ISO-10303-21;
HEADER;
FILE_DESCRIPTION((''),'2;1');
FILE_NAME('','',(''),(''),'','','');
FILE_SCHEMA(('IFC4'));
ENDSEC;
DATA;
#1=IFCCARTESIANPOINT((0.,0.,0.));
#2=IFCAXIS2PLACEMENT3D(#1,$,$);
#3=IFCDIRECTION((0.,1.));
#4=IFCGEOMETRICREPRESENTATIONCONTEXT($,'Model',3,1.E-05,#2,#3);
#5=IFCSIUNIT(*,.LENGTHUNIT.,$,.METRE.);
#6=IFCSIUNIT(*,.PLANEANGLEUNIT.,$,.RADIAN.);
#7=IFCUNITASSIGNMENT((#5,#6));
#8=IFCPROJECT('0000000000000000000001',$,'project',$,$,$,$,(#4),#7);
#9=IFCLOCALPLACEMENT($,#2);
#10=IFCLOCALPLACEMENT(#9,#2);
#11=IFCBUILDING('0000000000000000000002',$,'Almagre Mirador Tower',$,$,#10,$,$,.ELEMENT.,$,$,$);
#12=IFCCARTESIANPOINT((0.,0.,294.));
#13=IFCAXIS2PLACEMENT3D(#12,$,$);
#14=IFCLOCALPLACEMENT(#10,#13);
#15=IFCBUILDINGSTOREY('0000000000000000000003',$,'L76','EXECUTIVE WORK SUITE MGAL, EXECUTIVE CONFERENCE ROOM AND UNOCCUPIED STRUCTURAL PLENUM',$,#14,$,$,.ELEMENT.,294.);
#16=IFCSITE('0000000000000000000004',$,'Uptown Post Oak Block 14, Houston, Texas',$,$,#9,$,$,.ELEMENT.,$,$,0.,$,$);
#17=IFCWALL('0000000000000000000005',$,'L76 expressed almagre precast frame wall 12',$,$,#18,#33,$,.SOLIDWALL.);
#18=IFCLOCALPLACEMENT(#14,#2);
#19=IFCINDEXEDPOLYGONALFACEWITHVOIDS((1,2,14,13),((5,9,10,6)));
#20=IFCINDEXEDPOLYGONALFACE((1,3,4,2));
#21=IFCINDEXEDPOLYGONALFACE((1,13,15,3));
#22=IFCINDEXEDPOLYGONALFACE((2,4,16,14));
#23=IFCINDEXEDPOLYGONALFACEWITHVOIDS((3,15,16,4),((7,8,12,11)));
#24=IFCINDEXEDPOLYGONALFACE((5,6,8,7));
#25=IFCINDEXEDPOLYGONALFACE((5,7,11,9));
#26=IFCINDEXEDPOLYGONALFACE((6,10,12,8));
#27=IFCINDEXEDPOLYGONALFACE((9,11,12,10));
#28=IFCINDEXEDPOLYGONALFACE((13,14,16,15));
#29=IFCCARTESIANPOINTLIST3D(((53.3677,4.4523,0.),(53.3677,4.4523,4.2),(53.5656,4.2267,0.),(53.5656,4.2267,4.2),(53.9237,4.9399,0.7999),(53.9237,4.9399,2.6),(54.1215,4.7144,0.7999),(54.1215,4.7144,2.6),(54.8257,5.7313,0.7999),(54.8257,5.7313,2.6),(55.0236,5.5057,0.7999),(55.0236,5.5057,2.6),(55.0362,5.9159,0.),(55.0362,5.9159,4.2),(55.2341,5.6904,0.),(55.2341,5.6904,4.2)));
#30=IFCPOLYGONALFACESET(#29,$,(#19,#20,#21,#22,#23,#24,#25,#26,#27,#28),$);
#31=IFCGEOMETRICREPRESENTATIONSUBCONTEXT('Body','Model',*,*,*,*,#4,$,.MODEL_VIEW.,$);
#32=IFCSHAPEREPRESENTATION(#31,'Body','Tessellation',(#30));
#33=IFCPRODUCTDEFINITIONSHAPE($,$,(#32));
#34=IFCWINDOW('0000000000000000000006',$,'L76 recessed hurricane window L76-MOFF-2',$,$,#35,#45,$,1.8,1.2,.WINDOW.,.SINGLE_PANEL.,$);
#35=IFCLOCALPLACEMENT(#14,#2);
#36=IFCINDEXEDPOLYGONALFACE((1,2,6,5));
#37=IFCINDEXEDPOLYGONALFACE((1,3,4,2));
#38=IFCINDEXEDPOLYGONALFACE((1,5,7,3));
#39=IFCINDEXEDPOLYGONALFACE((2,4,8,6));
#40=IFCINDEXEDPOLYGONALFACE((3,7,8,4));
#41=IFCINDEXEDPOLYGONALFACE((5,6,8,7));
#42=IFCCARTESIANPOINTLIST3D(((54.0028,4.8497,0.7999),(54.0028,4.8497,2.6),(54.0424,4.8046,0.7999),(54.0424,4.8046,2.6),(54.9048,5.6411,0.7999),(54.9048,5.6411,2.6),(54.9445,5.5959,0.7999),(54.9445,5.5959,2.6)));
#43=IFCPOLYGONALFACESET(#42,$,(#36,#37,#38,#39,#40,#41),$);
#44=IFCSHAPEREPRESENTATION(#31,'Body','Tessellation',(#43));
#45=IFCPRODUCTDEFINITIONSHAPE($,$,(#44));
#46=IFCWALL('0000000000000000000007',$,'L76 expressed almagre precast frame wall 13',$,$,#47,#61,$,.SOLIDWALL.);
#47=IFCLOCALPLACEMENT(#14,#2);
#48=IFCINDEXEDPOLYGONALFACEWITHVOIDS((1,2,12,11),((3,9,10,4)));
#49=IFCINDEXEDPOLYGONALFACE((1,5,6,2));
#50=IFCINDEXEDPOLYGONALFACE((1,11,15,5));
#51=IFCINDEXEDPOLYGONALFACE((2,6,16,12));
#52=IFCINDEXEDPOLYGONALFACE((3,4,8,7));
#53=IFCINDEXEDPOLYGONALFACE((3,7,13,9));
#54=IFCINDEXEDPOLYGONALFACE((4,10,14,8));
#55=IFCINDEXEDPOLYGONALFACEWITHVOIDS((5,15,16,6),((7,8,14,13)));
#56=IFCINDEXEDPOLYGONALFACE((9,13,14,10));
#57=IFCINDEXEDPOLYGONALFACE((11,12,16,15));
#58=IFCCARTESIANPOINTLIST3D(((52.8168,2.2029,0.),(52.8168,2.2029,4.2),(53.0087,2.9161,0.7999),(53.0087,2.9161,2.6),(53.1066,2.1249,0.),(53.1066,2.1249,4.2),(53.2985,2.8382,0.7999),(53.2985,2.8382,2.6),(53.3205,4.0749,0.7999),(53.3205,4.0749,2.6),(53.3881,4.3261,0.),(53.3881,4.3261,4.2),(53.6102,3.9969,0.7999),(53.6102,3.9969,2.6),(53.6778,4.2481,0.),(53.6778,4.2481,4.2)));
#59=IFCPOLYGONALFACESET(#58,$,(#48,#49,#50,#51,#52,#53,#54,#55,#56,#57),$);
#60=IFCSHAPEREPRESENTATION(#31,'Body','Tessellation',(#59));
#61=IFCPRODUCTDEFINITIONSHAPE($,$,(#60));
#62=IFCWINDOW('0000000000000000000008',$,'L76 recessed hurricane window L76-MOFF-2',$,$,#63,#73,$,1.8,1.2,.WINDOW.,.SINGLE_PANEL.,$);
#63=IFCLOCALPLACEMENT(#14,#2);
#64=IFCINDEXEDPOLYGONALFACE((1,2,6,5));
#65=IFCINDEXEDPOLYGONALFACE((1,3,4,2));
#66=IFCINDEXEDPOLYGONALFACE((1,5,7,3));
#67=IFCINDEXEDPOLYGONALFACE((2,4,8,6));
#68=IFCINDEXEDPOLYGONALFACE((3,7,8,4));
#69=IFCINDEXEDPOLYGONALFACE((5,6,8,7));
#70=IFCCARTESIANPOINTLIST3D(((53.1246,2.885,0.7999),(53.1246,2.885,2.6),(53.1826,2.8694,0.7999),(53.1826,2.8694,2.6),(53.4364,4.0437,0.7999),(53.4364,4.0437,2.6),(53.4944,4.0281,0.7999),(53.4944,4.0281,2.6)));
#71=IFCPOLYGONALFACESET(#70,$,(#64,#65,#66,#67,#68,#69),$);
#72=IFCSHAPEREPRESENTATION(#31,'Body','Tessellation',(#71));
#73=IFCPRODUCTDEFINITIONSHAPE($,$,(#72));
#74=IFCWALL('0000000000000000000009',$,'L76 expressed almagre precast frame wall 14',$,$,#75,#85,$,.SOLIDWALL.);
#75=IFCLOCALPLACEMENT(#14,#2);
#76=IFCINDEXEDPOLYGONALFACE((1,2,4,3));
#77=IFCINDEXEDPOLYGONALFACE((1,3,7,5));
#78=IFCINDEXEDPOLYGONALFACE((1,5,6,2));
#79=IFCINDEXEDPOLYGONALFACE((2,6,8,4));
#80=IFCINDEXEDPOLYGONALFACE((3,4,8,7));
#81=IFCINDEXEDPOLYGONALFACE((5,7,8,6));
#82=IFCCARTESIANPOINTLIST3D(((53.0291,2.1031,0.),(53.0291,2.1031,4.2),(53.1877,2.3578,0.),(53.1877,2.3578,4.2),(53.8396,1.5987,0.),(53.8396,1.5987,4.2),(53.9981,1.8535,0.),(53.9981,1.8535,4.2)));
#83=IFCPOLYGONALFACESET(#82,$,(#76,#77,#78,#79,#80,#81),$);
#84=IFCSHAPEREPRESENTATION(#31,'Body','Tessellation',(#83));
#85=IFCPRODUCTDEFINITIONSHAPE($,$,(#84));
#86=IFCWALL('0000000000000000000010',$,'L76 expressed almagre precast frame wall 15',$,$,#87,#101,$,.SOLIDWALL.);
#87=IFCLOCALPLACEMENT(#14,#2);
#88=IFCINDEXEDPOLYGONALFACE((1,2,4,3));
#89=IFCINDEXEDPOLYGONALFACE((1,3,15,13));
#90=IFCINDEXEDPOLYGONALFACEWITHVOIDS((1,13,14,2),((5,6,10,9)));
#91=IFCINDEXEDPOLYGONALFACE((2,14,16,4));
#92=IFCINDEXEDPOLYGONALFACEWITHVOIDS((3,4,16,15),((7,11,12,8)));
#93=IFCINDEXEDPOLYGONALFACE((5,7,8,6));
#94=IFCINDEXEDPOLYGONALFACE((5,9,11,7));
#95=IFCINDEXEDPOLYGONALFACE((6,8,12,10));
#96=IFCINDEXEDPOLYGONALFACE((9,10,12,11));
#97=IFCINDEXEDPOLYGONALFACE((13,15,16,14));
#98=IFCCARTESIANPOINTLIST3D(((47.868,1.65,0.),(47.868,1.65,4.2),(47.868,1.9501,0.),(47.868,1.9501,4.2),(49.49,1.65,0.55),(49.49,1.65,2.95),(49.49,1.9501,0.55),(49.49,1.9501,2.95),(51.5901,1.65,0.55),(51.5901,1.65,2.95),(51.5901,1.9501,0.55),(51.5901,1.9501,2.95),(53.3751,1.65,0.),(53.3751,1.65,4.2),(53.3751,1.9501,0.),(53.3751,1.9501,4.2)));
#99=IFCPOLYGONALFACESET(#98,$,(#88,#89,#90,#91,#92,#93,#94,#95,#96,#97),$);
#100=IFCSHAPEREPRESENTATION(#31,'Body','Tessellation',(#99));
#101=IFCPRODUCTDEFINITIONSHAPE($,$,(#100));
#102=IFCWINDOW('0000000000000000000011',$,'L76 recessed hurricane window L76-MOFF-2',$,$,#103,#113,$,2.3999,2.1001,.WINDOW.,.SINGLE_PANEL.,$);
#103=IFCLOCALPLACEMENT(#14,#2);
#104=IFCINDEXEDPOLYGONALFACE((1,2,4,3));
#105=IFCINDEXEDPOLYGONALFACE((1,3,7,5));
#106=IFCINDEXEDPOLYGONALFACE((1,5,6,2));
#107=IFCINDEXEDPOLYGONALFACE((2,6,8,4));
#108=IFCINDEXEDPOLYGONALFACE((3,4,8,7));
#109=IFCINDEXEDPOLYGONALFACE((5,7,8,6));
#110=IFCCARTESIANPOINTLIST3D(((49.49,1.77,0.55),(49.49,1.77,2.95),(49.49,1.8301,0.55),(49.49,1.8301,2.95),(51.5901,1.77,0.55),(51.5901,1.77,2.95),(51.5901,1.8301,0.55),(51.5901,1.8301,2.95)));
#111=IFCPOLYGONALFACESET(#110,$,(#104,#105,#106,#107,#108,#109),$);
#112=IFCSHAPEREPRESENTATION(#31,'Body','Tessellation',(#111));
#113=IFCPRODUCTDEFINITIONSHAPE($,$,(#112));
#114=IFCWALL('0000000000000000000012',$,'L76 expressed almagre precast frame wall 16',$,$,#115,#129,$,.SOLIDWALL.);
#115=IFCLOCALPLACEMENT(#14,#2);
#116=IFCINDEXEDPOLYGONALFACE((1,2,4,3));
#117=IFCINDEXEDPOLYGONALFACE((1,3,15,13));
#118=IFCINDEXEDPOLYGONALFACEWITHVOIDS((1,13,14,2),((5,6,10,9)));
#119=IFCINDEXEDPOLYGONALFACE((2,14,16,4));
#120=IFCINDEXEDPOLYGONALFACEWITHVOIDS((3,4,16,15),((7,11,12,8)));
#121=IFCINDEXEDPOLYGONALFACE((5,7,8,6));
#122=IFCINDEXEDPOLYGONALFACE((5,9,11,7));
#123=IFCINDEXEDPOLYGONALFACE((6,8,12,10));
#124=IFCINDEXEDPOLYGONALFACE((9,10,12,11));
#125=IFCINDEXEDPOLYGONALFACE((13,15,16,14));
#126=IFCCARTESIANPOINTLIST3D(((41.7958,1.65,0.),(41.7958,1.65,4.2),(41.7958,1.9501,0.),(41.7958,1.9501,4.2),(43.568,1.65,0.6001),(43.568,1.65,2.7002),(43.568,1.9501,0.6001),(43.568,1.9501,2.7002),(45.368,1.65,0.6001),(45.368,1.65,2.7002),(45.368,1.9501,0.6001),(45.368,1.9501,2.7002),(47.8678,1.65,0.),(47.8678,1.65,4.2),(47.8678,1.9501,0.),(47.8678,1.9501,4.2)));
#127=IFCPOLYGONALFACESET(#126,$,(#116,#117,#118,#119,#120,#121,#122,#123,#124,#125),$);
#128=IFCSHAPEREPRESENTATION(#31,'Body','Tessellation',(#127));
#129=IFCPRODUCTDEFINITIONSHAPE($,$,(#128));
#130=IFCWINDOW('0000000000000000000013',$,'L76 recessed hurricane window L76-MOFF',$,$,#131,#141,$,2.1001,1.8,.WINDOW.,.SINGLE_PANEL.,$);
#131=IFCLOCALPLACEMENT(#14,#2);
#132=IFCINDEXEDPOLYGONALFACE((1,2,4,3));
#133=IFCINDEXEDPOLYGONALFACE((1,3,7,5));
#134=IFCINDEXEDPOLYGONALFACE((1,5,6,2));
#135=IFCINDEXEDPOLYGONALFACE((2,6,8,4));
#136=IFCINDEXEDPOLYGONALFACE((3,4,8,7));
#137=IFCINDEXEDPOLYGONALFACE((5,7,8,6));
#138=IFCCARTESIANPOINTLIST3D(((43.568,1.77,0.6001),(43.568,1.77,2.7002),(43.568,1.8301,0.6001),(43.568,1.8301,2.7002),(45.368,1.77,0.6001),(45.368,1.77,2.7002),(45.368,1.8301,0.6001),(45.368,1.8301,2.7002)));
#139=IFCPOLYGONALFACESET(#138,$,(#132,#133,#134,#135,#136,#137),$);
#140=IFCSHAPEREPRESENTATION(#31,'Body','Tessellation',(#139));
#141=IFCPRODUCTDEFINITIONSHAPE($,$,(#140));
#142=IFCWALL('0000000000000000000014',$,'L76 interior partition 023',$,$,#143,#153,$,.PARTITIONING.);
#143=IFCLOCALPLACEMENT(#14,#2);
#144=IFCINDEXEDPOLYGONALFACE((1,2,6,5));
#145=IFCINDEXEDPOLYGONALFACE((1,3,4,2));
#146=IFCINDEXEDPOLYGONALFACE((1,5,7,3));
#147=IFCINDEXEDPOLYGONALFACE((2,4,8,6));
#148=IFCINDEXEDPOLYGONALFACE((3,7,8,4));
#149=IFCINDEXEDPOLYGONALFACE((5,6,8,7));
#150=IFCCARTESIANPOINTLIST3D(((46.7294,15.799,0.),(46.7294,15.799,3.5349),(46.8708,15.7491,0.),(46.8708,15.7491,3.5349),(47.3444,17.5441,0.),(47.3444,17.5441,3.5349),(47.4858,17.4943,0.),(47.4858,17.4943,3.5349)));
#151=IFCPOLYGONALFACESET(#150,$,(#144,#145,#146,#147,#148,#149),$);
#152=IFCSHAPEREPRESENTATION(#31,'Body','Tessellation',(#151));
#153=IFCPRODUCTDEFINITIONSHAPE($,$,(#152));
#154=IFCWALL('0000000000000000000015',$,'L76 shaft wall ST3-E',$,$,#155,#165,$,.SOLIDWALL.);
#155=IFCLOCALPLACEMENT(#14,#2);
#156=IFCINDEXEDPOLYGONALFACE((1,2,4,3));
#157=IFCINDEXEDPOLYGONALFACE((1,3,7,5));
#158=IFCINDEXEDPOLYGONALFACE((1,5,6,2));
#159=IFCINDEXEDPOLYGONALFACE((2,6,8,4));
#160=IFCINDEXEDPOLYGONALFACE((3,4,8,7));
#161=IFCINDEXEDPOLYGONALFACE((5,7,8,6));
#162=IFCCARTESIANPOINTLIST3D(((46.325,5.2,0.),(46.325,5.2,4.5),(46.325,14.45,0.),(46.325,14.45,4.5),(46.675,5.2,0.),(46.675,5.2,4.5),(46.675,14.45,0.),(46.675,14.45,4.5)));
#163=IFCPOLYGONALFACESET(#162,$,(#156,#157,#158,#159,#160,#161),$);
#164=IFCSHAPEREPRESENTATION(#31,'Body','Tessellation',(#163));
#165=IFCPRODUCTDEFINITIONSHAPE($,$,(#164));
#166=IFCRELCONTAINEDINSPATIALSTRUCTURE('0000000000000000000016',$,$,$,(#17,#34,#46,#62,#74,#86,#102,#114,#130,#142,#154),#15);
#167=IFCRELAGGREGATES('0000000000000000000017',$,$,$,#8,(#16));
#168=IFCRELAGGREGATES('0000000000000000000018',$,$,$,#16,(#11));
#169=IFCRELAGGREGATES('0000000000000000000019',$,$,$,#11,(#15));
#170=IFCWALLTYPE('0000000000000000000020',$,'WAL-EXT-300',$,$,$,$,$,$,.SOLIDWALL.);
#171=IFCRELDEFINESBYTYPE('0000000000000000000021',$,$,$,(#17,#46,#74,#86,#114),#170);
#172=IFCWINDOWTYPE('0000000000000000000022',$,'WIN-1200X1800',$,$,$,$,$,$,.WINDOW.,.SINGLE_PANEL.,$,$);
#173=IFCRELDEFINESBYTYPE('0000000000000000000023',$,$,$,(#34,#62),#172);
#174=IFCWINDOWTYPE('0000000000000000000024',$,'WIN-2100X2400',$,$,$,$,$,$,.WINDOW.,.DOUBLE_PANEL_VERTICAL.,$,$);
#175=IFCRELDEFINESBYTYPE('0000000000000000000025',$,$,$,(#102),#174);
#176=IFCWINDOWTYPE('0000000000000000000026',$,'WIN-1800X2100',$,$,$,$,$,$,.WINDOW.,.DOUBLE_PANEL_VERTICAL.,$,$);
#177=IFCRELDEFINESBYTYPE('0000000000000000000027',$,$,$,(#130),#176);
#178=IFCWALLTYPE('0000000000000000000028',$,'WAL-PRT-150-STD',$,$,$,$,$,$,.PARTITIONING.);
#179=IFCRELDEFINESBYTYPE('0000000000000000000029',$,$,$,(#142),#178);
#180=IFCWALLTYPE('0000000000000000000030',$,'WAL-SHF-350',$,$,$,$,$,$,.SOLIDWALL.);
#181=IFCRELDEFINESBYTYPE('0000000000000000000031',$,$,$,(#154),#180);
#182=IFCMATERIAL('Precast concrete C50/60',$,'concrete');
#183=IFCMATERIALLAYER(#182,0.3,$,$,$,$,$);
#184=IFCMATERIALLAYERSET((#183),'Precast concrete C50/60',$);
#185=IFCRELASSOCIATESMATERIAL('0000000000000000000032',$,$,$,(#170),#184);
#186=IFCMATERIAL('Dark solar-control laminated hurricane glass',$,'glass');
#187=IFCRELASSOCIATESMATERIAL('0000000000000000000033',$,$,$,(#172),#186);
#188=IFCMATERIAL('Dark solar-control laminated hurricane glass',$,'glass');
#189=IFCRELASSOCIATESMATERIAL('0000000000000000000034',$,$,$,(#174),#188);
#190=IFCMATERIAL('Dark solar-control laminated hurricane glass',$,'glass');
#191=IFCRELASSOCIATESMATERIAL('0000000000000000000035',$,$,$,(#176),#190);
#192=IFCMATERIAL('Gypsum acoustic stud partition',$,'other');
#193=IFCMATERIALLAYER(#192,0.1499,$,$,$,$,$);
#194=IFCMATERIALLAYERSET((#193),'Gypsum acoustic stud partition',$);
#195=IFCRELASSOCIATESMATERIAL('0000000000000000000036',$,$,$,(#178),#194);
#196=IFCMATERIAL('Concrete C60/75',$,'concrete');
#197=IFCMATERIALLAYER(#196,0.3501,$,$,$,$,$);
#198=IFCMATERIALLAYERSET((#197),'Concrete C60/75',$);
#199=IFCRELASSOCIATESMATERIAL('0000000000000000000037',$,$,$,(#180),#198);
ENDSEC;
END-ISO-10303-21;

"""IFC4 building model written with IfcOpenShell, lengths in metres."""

from ifc_helpers import new_model, si_unit, direction, frame, frame_2d, origin, place, context, subcontext, project, spatial, rectangle, extrude, material, layer, layer_set, type_object, element, fill, save


model = new_model("IFC4")

# Units and contexts
model_context = context("Model", 3, precision=1e-05, world=origin(), true_north=direction((0.0, 1.0)))
body_context = subcontext(model_context, "Body", "Model", "MODEL_VIEW")
ifc_project = project(units=[si_unit("LENGTHUNIT", "METRE"), si_unit("PLANEANGLEUNIT", "RADIAN")], contexts=[model_context])

# Site, building, storey
site_placement = place(None, origin())
site = spatial("IfcSite", under=ifc_project, at=site_placement, Name="Uptown Post Oak Block 14, Houston, Texas", CompositionType="ELEMENT", RefElevation=0.0)
building_placement = place(site_placement, origin())
building = spatial("IfcBuilding", under=site, at=building_placement, Name="Almagre Mirador Tower", CompositionType="ELEMENT")
storey_placement = place(building_placement, frame((0.0, 0.0, 294.0)))
storey = spatial("IfcBuildingStorey", under=building, at=storey_placement, Name="L76", Description="EXECUTIVE WORK SUITE MGAL, EXECUTIVE CONFERENCE ROOM AND UNOCCUPIED STRUCTURAL PLENUM", CompositionType="ELEMENT", Elevation=294.0)

# Shared definitions
ifc_material_1 = material(Name="Precast concrete C50/60", Category="concrete")
ifc_layer_1 = layer(ifc_material_1, 0.3)
ifc_layer_set_1 = layer_set([ifc_layer_1], Name="Precast concrete C50/60")
wall_type_1 = type_object("IfcWallType", Name="WAL-EXT-300", PredefinedType="SOLIDWALL", material=ifc_layer_set_1)
ifc_material_2 = material(Name="Dark solar-control laminated hurricane glass", Category="glass")
window_type_1 = type_object("IfcWindowType", Name="WIN-1200X1800", PartitioningType="SINGLE_PANEL", PredefinedType="WINDOW", material=ifc_material_2)
ifc_material_3 = material(Name="Dark solar-control laminated hurricane glass", Category="glass")
window_type_2 = type_object("IfcWindowType", Name="WIN-2100X2400", PartitioningType="DOUBLE_PANEL_VERTICAL", PredefinedType="WINDOW", material=ifc_material_3)
ifc_material_4 = material(Name="Dark solar-control laminated hurricane glass", Category="glass")
window_type_3 = type_object("IfcWindowType", Name="WIN-1800X2100", PartitioningType="DOUBLE_PANEL_VERTICAL", PredefinedType="WINDOW", material=ifc_material_4)

# Walls, openings, windows
wall_1_placement = place(storey_placement, frame((55.1353, 5.8032, 0.0), z_axis=(0.0, 0.0, 1.0), x_axis=(-0.751745, -0.659454, 0.0)))
wall_1 = element("IfcWall", 1, at=wall_1_placement, inside=storey, type_object=wall_type_1, Name="L76 expressed almagre precast frame wall 12", PredefinedType="SOLIDWALL", context=body_context, shape_type="SweptSolid", body=[
    extrude(rectangle(XDim=2.2195, YDim=0.3, at=frame_2d((1.1099, 0.0))), origin(), (0.0, 0.0, 1.0), 4.2),
])
opening_1_placement = place(wall_1_placement, frame((0.28, 0.0, 0.8)))
opening_1 = element("IfcOpeningElement", 2, at=opening_1_placement, cuts=wall_1, PredefinedType="OPENING", context=body_context, shape_type="SweptSolid", body=[
    extrude(rectangle(XDim=1.2, YDim=1.8, at=frame_2d((0.6001, 0.8999))), frame((0.0, 0.1599, 0.0), z_axis=(0.0, -1.0, 0.0), x_axis=(1.0, 0.0, 0.0)), (0.0, 0.0, 1.0), 0.32),
])
window_1_placement = place(opening_1_placement, origin())
window_1 = element("IfcWindow", 3, at=window_1_placement, inside=storey, type_object=window_type_1, Name="L76 recessed hurricane window L76-MOFF-2", OverallHeight=1.8, OverallWidth=1.2, PartitioningType="SINGLE_PANEL", PredefinedType="WINDOW", context=body_context, shape_type="SweptSolid", body=[
    extrude(rectangle(XDim=1.2, YDim=1.8, at=frame_2d((0.6001, 0.8999))), frame((0.0, 0.03, 0.0), z_axis=(0.0, -1.0, 0.0), x_axis=(1.0, 0.0, 0.0)), (0.0, 0.0, 1.0), 0.0601),
])
fill(opening_1, window_1)
wall_2_placement = place(storey_placement, frame((53.533, 4.2871, 0.0), z_axis=(0.0, 0.0, 1.0), x_axis=(-0.259818, -0.965658, 0.0)))
wall_2 = element("IfcWall", 4, at=wall_2_placement, inside=storey, type_object=wall_type_1, Name="L76 expressed almagre precast frame wall 13", PredefinedType="SOLIDWALL", context=body_context, shape_type="SweptSolid", body=[
    extrude(rectangle(XDim=2.1987, YDim=0.3, at=frame_2d((1.0994, 0.0))), origin(), (0.0, 0.0, 1.0), 4.2),
])
opening_2_placement = place(wall_2_placement, frame((0.26, 0.0, 0.8)))
opening_2 = element("IfcOpeningElement", 5, at=opening_2_placement, cuts=wall_2, PredefinedType="OPENING", context=body_context, shape_type="SweptSolid", body=[
    extrude(rectangle(XDim=1.2, YDim=1.8, at=frame_2d((0.6001, 0.8999))), frame((0.0, 0.1599, 0.0), z_axis=(0.0, -1.0, 0.0), x_axis=(1.0, 0.0, 0.0)), (0.0, 0.0, 1.0), 0.32),
])
window_2_placement = place(opening_2_placement, origin())
window_2 = element("IfcWindow", 6, at=window_2_placement, inside=storey, type_object=window_type_1, Name="L76 recessed hurricane window L76-MOFF-2", OverallHeight=1.8, OverallWidth=1.2, PartitioningType="SINGLE_PANEL", PredefinedType="WINDOW", context=body_context, shape_type="SweptSolid", body=[
    extrude(rectangle(XDim=1.2, YDim=1.8, at=frame_2d((0.6001, 0.8999))), frame((0.0, 0.03, 0.0), z_axis=(0.0, -1.0, 0.0), x_axis=(1.0, 0.0, 0.0)), (0.0, 0.0, 1.0), 0.0601),
])
fill(opening_2, window_2)

# Wall
wall_3_placement = place(storey_placement, frame((53.1084, 2.2305, 0.0), z_axis=(0.0, 0.0, 1.0), x_axis=(0.849031, -0.528343, 0.0)))
element("IfcWall", 7, at=wall_3_placement, inside=storey, type_object=wall_type_1, Name="L76 expressed almagre precast frame wall 14", PredefinedType="SOLIDWALL", context=body_context, shape_type="SweptSolid", body=[
    extrude(rectangle(XDim=0.9546, YDim=0.3, at=frame_2d((0.4773, 0.0))), origin(), (0.0, 0.0, 1.0), 4.2),
])

# Walls, openings, windows
wall_4_placement = place(storey_placement, frame((53.375, 1.8, 0.0), z_axis=(0.0, 0.0, 1.0), x_axis=(-1.0, 0.0, 0.0)))
wall_4 = element("IfcWall", 8, at=wall_4_placement, inside=storey, type_object=wall_type_1, Name="L76 expressed almagre precast frame wall 15", PredefinedType="SOLIDWALL", context=body_context, shape_type="SweptSolid", body=[
    extrude(rectangle(XDim=5.5071, YDim=0.3, at=frame_2d((2.7534, 0.0))), origin(), (0.0, 0.0, 1.0), 4.2),
])
opening_3_placement = place(wall_4_placement, frame((1.7849, 0.0, 0.55)))
opening_3 = element("IfcOpeningElement", 9, at=opening_3_placement, cuts=wall_4, PredefinedType="OPENING", context=body_context, shape_type="SweptSolid", body=[
    extrude(rectangle(XDim=2.1001, YDim=2.3999, at=frame_2d((1.05, 1.2))), frame((0.0, 0.1599, 0.0), z_axis=(0.0, -1.0, 0.0), x_axis=(1.0, 0.0, 0.0)), (0.0, 0.0, 1.0), 0.32),
])
window_3_placement = place(opening_3_placement, origin())
window_3 = element("IfcWindow", 10, at=window_3_placement, inside=storey, type_object=window_type_2, Name="L76 recessed hurricane window L76-MOFF-2", OverallHeight=2.3999, OverallWidth=2.1001, PartitioningType="SINGLE_PANEL", PredefinedType="WINDOW", context=body_context, shape_type="SweptSolid", body=[
    extrude(rectangle(XDim=2.1001, YDim=2.3999, at=frame_2d((1.05, 1.2))), frame((0.0, 0.03, 0.0), z_axis=(0.0, -1.0, 0.0), x_axis=(1.0, 0.0, 0.0)), (0.0, 0.0, 1.0), 0.0601),
])
fill(opening_3, window_3)
wall_5_placement = place(storey_placement, frame((47.8679, 1.8, 0.0), z_axis=(0.0, 0.0, 1.0), x_axis=(-1.0, 0.0, 0.0)))
wall_5 = element("IfcWall", 11, at=wall_5_placement, inside=storey, type_object=wall_type_1, Name="L76 expressed almagre precast frame wall 16", PredefinedType="SOLIDWALL", context=body_context, shape_type="SweptSolid", body=[
    extrude(rectangle(XDim=6.072, YDim=0.3, at=frame_2d((3.0361, 0.0))), origin(), (0.0, 0.0, 1.0), 4.2),
])
opening_4_placement = place(wall_5_placement, frame((2.5, 0.0, 0.6001)))
opening_4 = element("IfcOpeningElement", 12, at=opening_4_placement, cuts=wall_5, PredefinedType="OPENING", context=body_context, shape_type="SweptSolid", body=[
    extrude(rectangle(XDim=1.8, YDim=2.1001, at=frame_2d((0.8999, 1.05))), frame((0.0, 0.1599, 0.0), z_axis=(0.0, -1.0, 0.0), x_axis=(1.0, 0.0, 0.0)), (0.0, 0.0, 1.0), 0.32),
])
window_4_placement = place(opening_4_placement, origin())
window_4 = element("IfcWindow", 13, at=window_4_placement, inside=storey, type_object=window_type_3, Name="L76 recessed hurricane window L76-MOFF", OverallHeight=2.1001, OverallWidth=1.8, PartitioningType="SINGLE_PANEL", PredefinedType="WINDOW", context=body_context, shape_type="SweptSolid", body=[
    extrude(rectangle(XDim=1.8, YDim=2.1001, at=frame_2d((0.8999, 1.05))), frame((0.0, 0.03, 0.0), z_axis=(0.0, -1.0, 0.0), x_axis=(1.0, 0.0, 0.0)), (0.0, 0.0, 1.0), 0.0601),
])
fill(opening_4, window_4)

# Walls
ifc_material_5 = material(Name="Gypsum acoustic stud partition", Category="other")
ifc_layer_2 = layer(ifc_material_5, 0.1499)
ifc_layer_set_2 = layer_set([ifc_layer_2], Name="Gypsum acoustic stud partition")
wall_type_2 = type_object("IfcWallType", Name="WAL-PRT-150-STD", PredefinedType="PARTITIONING", material=ifc_layer_set_2)
wall_6_placement = place(storey_placement, frame((46.8, 15.7739, 0.0), z_axis=(0.0, 0.0, 1.0), x_axis=(0.332371, 0.943149, 0.0)))
element("IfcWall", 14, at=wall_6_placement, inside=storey, type_object=wall_type_2, Name="L76 interior partition 023", PredefinedType="PARTITIONING", context=body_context, shape_type="SweptSolid", body=[
    extrude(rectangle(XDim=1.8503, YDim=0.1499, at=frame_2d((0.9253, 0.0))), origin(), (0.0, 0.0, 1.0), 3.5349),
])
ifc_material_6 = material(Name="Concrete C60/75", Category="concrete")
ifc_layer_3 = layer(ifc_material_6, 0.3501)
ifc_layer_set_3 = layer_set([ifc_layer_3], Name="Concrete C60/75")
wall_type_3 = type_object("IfcWallType", Name="WAL-SHF-350", PredefinedType="SOLIDWALL", material=ifc_layer_set_3)
wall_7_placement = place(storey_placement, frame((46.5, 5.2, 0.0), z_axis=(0.0, 0.0, 1.0), x_axis=(0.0, 1.0, 0.0)))
element("IfcWall", 15, at=wall_7_placement, inside=storey, type_object=wall_type_3, Name="L76 shaft wall ST3-E", PredefinedType="SOLIDWALL", context=body_context, shape_type="SweptSolid", body=[
    extrude(rectangle(XDim=9.25, YDim=0.3501, at=frame_2d((4.625, 0.0))), origin(), (0.0, 0.0, 1.0), 4.5),
])

save(model, "model.ifc")
